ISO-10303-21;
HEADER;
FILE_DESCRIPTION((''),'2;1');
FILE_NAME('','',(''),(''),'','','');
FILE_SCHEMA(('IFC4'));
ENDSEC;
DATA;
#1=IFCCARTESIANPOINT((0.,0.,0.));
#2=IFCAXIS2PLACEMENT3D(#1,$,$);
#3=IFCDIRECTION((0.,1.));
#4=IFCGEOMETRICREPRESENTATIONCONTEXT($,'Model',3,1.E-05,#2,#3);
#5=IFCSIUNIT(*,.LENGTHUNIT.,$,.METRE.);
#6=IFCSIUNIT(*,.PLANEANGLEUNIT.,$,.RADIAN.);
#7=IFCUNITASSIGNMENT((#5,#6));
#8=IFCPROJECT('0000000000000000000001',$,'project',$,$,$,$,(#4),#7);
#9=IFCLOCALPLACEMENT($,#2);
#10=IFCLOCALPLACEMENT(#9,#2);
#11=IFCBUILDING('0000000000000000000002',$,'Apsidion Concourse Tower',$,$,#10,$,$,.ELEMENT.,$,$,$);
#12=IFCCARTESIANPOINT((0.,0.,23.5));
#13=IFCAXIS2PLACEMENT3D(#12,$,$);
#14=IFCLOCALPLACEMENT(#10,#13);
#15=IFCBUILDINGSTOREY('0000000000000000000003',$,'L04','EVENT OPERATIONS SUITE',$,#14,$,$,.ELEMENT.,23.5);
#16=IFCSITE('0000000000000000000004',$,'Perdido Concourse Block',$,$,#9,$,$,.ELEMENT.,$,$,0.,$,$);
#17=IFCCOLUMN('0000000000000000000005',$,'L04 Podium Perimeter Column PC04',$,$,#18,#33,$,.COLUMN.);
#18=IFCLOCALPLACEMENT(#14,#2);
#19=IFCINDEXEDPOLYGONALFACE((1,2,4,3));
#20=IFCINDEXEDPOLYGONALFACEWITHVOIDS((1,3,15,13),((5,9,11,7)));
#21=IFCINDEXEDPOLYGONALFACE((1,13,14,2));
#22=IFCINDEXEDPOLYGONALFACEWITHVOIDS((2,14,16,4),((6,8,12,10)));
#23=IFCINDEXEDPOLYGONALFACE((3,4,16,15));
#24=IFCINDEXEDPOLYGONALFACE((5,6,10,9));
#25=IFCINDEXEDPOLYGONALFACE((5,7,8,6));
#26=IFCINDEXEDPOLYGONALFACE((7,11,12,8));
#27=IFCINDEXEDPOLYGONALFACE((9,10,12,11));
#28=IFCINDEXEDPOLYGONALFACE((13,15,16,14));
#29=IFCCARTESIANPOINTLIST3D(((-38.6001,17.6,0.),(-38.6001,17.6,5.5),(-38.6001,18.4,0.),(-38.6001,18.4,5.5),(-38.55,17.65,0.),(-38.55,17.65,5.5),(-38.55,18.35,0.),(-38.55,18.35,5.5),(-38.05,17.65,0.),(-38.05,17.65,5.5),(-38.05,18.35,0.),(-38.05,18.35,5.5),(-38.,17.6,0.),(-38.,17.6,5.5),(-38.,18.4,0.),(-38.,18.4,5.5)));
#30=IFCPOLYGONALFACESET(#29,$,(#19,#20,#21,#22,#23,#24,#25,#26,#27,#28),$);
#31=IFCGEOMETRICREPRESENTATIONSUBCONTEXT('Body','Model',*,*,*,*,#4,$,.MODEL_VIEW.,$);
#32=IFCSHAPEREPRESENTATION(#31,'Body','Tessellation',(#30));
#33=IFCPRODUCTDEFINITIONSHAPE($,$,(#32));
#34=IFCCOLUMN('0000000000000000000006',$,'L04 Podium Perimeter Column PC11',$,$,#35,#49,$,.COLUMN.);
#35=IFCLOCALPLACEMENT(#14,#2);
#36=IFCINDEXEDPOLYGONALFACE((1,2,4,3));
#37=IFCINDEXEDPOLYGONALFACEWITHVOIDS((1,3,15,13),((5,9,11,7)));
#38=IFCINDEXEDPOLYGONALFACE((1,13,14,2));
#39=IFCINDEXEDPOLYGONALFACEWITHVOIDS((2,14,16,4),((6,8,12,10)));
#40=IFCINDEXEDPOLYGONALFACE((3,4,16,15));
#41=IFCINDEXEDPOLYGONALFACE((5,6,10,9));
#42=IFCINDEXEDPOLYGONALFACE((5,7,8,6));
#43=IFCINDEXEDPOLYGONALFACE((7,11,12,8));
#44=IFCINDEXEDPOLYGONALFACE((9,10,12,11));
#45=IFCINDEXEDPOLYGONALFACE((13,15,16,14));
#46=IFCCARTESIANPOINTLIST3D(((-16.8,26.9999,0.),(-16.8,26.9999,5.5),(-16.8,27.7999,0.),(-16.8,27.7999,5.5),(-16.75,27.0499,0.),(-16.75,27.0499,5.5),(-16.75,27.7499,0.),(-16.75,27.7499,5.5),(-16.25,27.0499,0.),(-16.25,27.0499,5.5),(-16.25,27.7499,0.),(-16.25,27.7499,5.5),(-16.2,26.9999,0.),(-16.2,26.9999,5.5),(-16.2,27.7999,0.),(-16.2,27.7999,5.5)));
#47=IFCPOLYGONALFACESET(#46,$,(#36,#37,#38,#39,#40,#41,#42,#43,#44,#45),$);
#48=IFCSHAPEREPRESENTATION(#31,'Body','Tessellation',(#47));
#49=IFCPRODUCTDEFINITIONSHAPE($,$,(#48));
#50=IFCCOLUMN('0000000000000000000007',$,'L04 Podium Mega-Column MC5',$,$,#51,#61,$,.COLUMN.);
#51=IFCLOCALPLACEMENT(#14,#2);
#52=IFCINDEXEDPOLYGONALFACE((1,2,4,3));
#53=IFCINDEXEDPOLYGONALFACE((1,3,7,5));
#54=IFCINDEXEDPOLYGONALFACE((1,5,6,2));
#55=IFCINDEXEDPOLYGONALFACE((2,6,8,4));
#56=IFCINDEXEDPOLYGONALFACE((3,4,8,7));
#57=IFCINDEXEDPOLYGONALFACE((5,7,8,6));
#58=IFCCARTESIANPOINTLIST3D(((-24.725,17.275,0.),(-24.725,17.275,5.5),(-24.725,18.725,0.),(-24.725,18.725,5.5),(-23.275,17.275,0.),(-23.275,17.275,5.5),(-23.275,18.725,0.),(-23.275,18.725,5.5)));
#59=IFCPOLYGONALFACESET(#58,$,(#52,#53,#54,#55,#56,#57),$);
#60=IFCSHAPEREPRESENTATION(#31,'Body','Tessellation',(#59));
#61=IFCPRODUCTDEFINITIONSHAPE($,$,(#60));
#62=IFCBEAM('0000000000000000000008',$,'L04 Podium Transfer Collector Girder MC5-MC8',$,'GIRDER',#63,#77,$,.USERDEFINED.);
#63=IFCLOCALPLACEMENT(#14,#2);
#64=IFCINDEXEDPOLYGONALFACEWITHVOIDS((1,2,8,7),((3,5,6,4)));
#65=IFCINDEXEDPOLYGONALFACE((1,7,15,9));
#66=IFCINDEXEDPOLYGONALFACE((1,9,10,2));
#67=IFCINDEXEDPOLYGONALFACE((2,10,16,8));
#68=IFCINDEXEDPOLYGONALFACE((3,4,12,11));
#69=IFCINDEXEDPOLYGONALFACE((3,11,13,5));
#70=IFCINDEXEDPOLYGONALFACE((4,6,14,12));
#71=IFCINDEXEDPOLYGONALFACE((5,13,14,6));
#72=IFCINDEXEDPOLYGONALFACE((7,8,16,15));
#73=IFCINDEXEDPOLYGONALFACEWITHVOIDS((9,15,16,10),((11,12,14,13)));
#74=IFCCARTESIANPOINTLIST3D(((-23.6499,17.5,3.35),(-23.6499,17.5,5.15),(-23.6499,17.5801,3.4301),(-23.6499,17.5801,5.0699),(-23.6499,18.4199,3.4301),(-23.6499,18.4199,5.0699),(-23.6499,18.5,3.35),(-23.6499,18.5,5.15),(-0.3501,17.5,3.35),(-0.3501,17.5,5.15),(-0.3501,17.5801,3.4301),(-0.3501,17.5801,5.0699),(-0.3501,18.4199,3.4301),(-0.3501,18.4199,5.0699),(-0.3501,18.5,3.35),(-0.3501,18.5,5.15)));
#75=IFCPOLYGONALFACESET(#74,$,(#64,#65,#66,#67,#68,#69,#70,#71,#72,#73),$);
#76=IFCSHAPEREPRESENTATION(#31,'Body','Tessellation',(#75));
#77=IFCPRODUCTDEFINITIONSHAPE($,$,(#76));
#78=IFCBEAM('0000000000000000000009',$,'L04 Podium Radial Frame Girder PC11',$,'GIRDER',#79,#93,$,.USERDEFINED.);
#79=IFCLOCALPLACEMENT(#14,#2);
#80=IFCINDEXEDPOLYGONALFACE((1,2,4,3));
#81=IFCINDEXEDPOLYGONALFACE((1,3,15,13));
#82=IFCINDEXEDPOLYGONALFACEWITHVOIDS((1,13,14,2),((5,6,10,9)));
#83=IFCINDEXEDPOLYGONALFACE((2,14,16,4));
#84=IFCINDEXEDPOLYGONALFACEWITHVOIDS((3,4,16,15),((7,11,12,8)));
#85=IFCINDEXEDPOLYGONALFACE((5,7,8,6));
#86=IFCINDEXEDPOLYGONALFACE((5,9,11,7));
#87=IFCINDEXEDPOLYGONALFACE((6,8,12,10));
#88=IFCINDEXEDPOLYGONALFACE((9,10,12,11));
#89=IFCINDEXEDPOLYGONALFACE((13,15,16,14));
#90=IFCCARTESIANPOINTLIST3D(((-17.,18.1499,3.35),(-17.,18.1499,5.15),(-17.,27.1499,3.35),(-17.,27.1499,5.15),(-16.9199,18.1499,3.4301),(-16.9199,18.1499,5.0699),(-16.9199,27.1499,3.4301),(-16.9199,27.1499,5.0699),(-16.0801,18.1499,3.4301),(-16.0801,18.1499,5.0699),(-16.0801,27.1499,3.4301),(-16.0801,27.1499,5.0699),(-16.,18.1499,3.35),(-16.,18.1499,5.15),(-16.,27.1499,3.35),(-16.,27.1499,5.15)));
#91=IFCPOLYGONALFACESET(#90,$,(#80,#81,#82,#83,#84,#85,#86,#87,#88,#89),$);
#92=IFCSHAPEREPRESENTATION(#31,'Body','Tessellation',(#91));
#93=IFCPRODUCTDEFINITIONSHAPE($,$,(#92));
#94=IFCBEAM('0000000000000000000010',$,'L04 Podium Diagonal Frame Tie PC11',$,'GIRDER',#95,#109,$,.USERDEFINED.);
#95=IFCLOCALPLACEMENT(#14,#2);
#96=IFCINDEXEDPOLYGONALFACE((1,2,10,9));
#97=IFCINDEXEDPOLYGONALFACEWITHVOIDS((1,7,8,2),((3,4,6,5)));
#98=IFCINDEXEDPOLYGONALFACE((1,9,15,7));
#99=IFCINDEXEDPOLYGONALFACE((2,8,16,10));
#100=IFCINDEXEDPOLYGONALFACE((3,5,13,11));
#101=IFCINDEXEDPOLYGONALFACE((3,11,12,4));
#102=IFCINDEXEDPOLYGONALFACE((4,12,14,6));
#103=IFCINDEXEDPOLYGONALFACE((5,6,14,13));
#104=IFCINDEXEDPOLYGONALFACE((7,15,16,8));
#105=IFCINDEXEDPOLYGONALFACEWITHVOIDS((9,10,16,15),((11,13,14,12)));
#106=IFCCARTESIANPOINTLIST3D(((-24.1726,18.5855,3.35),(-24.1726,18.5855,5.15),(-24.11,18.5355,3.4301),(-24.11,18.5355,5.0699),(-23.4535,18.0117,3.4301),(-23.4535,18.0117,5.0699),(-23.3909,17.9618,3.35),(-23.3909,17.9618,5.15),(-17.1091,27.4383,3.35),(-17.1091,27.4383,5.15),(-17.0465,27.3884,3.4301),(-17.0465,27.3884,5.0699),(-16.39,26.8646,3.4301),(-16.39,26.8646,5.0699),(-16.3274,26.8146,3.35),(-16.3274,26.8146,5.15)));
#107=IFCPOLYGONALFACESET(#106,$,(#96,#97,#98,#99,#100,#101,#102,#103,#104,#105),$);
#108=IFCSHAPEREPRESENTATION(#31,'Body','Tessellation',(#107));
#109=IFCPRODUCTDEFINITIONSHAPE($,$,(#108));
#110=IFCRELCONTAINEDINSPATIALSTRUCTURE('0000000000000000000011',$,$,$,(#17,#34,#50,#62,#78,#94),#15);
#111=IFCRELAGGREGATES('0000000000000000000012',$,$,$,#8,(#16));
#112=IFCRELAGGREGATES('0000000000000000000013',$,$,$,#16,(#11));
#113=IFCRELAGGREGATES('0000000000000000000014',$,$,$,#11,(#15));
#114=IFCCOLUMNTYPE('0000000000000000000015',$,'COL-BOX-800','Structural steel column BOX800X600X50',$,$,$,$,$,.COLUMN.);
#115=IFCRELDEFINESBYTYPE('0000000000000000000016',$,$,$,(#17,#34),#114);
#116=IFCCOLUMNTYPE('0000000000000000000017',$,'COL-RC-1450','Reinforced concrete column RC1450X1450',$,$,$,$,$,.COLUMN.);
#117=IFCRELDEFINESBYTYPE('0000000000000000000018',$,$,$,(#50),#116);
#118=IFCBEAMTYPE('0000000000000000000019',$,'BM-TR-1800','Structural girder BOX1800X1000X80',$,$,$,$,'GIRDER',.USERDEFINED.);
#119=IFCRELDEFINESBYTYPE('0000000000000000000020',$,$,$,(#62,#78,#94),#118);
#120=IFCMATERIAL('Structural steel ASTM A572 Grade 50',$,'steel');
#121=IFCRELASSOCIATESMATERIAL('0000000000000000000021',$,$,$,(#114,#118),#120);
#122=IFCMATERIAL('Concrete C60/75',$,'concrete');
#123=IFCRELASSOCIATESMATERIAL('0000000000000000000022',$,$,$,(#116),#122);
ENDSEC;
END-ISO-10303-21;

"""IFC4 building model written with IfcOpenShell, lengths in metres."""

from ifc_helpers import new_model, si_unit, direction, frame, origin, origin_2d, place, context, subcontext, project, spatial, rectangle, hollow_rectangle, extrude, material, material_profile, profile_set, type_object, element, save


model = new_model("IFC4")

# Units and contexts
model_context = context("Model", 3, precision=1e-05, world=origin(), true_north=direction((0.0, 1.0)))
body_context = subcontext(model_context, "Body", "Model", "MODEL_VIEW")
ifc_project = project(units=[si_unit("LENGTHUNIT", "METRE"), si_unit("PLANEANGLEUNIT", "RADIAN")], contexts=[model_context])

# Site, building, storey
site_placement = place(None, origin())
site = spatial("IfcSite", under=ifc_project, at=site_placement, Name="Perdido Concourse Block", CompositionType="ELEMENT", RefElevation=0.0)
building_placement = place(site_placement, origin())
building = spatial("IfcBuilding", under=site, at=building_placement, Name="Apsidion Concourse Tower", CompositionType="ELEMENT")
storey_placement = place(building_placement, frame((0.0, 0.0, 23.5)))
storey = spatial("IfcBuildingStorey", under=building, at=storey_placement, Name="L04", Description="EVENT OPERATIONS SUITE", CompositionType="ELEMENT", Elevation=23.5)

# Columns
ifc_material_1 = material(Name="Structural steel ASTM A572 Grade 50", Category="steel")
ifc_material_profile_1 = material_profile(ifc_material_1, hollow_rectangle(XDim=0.6001, YDim=0.8, WallThickness=0.05, at=origin_2d()), Name="BOX800X600X50")
ifc_profile_set_1 = profile_set([ifc_material_profile_1], Name="Structural steel ASTM A572 Grade 50")
column_type_1 = type_object("IfcColumnType", Name="COL-BOX-800", Description="Structural steel column BOX800X600X50", PredefinedType="COLUMN", material=ifc_profile_set_1)
for number, where, z_axis, x_axis, name in (
    (1, (-38.3, 18.0, 0.0), (0.0, 0.0, 1.0), (1.0, 0.0, 0.0), "L04 Podium Perimeter Column PC04"),
    (2, (-16.5, 27.3999, 0.0), (0.0, 0.0, 1.0), (1.0, 0.0, 0.0), "L04 Podium Perimeter Column PC11"),
):
    element("IfcColumn", number, at=place(storey_placement, frame(where, z_axis=z_axis, x_axis=x_axis)), inside=storey, type_object=column_type_1, Name=name, PredefinedType="COLUMN", context=body_context, shape_type="SweptSolid", body=[
        extrude(hollow_rectangle(XDim=0.6001, YDim=0.8, WallThickness=0.05, at=origin_2d()), origin(), (0.0, 0.0, 1.0), 5.5),
    ])
ifc_material_2 = material(Name="Concrete C60/75", Category="concrete")
ifc_material_profile_2 = material_profile(ifc_material_2, rectangle(XDim=1.45, YDim=1.45, at=origin_2d()), Name="RC 1450x1450")
ifc_profile_set_2 = profile_set([ifc_material_profile_2], Name="Concrete C60/75")
column_type_2 = type_object("IfcColumnType", Name="COL-RC-1450", Description="Reinforced concrete column RC1450X1450", PredefinedType="COLUMN", material=ifc_profile_set_2)
column_placement = place(storey_placement, frame((-24.0, 18.0, 0.0), z_axis=(0.0, 0.0, 1.0), x_axis=(1.0, 0.0, 0.0)))
element("IfcColumn", 3, at=column_placement, inside=storey, type_object=column_type_2, Name="L04 Podium Mega-Column MC5", PredefinedType="COLUMN", context=body_context, shape_type="SweptSolid", body=[
    extrude(rectangle(XDim=1.45, YDim=1.45, at=origin_2d()), origin(), (0.0, 0.0, 1.0), 5.5),
])

# Beams
ifc_material_profile_3 = material_profile(ifc_material_1, hollow_rectangle(XDim=1.0, YDim=1.8, WallThickness=0.0801, at=origin_2d()), Name="BOX1800X1000X80")
ifc_profile_set_3 = profile_set([ifc_material_profile_3], Name="Structural steel ASTM A572 Grade 50")
beam_type = type_object("IfcBeamType", Name="BM-TR-1800", Description="Structural girder BOX1800X1000X80", ElementType="GIRDER", PredefinedType="USERDEFINED", material=ifc_profile_set_3)
beam_1_placement = place(storey_placement, frame((-23.6499, 18.0, 4.25), z_axis=(1.0, 0.0, 0.0), x_axis=(0.0, 1.0, 0.0)))
element("IfcBeam", 4, at=beam_1_placement, inside=storey, type_object=beam_type, Name="L04 Podium Transfer Collector Girder MC5-MC8", ObjectType="GIRDER", PredefinedType="USERDEFINED", context=body_context, shape_type="SweptSolid", body=[
    extrude(hollow_rectangle(XDim=1.0, YDim=1.8, WallThickness=0.0801, at=origin_2d()), origin(), (0.0, 0.0, 1.0), 23.2998),
])
beam_2_placement = place(storey_placement, frame((-16.5, 27.1499, 4.25), z_axis=(0.0, -1.0, 0.0), x_axis=(1.0, 0.0, 0.0)))
element("IfcBeam", 5, at=beam_2_placement, inside=storey, type_object=beam_type, Name="L04 Podium Radial Frame Girder PC11", ObjectType="GIRDER", PredefinedType="USERDEFINED", context=body_context, shape_type="SweptSolid", body=[
    extrude(hollow_rectangle(XDim=1.0, YDim=1.8, WallThickness=0.0801, at=origin_2d()), origin(), (0.0, 0.0, 1.0), 9.0),
])
beam_3_placement = place(storey_placement, frame((-16.7183, 27.1265, 4.25), z_axis=(-0.623685, -0.781676, 0.0), x_axis=(0.781676, -0.623685, 0.0)))
element("IfcBeam", 6, at=beam_3_placement, inside=storey, type_object=beam_type, Name="L04 Podium Diagonal Frame Tie PC11", ObjectType="GIRDER", PredefinedType="USERDEFINED", context=body_context, shape_type="SweptSolid", body=[
    extrude(hollow_rectangle(XDim=1.0, YDim=1.8, WallThickness=0.0801, at=origin_2d()), origin(), (0.0, 0.0, 1.0), 11.3254),
])

save(model, "model.ifc")
